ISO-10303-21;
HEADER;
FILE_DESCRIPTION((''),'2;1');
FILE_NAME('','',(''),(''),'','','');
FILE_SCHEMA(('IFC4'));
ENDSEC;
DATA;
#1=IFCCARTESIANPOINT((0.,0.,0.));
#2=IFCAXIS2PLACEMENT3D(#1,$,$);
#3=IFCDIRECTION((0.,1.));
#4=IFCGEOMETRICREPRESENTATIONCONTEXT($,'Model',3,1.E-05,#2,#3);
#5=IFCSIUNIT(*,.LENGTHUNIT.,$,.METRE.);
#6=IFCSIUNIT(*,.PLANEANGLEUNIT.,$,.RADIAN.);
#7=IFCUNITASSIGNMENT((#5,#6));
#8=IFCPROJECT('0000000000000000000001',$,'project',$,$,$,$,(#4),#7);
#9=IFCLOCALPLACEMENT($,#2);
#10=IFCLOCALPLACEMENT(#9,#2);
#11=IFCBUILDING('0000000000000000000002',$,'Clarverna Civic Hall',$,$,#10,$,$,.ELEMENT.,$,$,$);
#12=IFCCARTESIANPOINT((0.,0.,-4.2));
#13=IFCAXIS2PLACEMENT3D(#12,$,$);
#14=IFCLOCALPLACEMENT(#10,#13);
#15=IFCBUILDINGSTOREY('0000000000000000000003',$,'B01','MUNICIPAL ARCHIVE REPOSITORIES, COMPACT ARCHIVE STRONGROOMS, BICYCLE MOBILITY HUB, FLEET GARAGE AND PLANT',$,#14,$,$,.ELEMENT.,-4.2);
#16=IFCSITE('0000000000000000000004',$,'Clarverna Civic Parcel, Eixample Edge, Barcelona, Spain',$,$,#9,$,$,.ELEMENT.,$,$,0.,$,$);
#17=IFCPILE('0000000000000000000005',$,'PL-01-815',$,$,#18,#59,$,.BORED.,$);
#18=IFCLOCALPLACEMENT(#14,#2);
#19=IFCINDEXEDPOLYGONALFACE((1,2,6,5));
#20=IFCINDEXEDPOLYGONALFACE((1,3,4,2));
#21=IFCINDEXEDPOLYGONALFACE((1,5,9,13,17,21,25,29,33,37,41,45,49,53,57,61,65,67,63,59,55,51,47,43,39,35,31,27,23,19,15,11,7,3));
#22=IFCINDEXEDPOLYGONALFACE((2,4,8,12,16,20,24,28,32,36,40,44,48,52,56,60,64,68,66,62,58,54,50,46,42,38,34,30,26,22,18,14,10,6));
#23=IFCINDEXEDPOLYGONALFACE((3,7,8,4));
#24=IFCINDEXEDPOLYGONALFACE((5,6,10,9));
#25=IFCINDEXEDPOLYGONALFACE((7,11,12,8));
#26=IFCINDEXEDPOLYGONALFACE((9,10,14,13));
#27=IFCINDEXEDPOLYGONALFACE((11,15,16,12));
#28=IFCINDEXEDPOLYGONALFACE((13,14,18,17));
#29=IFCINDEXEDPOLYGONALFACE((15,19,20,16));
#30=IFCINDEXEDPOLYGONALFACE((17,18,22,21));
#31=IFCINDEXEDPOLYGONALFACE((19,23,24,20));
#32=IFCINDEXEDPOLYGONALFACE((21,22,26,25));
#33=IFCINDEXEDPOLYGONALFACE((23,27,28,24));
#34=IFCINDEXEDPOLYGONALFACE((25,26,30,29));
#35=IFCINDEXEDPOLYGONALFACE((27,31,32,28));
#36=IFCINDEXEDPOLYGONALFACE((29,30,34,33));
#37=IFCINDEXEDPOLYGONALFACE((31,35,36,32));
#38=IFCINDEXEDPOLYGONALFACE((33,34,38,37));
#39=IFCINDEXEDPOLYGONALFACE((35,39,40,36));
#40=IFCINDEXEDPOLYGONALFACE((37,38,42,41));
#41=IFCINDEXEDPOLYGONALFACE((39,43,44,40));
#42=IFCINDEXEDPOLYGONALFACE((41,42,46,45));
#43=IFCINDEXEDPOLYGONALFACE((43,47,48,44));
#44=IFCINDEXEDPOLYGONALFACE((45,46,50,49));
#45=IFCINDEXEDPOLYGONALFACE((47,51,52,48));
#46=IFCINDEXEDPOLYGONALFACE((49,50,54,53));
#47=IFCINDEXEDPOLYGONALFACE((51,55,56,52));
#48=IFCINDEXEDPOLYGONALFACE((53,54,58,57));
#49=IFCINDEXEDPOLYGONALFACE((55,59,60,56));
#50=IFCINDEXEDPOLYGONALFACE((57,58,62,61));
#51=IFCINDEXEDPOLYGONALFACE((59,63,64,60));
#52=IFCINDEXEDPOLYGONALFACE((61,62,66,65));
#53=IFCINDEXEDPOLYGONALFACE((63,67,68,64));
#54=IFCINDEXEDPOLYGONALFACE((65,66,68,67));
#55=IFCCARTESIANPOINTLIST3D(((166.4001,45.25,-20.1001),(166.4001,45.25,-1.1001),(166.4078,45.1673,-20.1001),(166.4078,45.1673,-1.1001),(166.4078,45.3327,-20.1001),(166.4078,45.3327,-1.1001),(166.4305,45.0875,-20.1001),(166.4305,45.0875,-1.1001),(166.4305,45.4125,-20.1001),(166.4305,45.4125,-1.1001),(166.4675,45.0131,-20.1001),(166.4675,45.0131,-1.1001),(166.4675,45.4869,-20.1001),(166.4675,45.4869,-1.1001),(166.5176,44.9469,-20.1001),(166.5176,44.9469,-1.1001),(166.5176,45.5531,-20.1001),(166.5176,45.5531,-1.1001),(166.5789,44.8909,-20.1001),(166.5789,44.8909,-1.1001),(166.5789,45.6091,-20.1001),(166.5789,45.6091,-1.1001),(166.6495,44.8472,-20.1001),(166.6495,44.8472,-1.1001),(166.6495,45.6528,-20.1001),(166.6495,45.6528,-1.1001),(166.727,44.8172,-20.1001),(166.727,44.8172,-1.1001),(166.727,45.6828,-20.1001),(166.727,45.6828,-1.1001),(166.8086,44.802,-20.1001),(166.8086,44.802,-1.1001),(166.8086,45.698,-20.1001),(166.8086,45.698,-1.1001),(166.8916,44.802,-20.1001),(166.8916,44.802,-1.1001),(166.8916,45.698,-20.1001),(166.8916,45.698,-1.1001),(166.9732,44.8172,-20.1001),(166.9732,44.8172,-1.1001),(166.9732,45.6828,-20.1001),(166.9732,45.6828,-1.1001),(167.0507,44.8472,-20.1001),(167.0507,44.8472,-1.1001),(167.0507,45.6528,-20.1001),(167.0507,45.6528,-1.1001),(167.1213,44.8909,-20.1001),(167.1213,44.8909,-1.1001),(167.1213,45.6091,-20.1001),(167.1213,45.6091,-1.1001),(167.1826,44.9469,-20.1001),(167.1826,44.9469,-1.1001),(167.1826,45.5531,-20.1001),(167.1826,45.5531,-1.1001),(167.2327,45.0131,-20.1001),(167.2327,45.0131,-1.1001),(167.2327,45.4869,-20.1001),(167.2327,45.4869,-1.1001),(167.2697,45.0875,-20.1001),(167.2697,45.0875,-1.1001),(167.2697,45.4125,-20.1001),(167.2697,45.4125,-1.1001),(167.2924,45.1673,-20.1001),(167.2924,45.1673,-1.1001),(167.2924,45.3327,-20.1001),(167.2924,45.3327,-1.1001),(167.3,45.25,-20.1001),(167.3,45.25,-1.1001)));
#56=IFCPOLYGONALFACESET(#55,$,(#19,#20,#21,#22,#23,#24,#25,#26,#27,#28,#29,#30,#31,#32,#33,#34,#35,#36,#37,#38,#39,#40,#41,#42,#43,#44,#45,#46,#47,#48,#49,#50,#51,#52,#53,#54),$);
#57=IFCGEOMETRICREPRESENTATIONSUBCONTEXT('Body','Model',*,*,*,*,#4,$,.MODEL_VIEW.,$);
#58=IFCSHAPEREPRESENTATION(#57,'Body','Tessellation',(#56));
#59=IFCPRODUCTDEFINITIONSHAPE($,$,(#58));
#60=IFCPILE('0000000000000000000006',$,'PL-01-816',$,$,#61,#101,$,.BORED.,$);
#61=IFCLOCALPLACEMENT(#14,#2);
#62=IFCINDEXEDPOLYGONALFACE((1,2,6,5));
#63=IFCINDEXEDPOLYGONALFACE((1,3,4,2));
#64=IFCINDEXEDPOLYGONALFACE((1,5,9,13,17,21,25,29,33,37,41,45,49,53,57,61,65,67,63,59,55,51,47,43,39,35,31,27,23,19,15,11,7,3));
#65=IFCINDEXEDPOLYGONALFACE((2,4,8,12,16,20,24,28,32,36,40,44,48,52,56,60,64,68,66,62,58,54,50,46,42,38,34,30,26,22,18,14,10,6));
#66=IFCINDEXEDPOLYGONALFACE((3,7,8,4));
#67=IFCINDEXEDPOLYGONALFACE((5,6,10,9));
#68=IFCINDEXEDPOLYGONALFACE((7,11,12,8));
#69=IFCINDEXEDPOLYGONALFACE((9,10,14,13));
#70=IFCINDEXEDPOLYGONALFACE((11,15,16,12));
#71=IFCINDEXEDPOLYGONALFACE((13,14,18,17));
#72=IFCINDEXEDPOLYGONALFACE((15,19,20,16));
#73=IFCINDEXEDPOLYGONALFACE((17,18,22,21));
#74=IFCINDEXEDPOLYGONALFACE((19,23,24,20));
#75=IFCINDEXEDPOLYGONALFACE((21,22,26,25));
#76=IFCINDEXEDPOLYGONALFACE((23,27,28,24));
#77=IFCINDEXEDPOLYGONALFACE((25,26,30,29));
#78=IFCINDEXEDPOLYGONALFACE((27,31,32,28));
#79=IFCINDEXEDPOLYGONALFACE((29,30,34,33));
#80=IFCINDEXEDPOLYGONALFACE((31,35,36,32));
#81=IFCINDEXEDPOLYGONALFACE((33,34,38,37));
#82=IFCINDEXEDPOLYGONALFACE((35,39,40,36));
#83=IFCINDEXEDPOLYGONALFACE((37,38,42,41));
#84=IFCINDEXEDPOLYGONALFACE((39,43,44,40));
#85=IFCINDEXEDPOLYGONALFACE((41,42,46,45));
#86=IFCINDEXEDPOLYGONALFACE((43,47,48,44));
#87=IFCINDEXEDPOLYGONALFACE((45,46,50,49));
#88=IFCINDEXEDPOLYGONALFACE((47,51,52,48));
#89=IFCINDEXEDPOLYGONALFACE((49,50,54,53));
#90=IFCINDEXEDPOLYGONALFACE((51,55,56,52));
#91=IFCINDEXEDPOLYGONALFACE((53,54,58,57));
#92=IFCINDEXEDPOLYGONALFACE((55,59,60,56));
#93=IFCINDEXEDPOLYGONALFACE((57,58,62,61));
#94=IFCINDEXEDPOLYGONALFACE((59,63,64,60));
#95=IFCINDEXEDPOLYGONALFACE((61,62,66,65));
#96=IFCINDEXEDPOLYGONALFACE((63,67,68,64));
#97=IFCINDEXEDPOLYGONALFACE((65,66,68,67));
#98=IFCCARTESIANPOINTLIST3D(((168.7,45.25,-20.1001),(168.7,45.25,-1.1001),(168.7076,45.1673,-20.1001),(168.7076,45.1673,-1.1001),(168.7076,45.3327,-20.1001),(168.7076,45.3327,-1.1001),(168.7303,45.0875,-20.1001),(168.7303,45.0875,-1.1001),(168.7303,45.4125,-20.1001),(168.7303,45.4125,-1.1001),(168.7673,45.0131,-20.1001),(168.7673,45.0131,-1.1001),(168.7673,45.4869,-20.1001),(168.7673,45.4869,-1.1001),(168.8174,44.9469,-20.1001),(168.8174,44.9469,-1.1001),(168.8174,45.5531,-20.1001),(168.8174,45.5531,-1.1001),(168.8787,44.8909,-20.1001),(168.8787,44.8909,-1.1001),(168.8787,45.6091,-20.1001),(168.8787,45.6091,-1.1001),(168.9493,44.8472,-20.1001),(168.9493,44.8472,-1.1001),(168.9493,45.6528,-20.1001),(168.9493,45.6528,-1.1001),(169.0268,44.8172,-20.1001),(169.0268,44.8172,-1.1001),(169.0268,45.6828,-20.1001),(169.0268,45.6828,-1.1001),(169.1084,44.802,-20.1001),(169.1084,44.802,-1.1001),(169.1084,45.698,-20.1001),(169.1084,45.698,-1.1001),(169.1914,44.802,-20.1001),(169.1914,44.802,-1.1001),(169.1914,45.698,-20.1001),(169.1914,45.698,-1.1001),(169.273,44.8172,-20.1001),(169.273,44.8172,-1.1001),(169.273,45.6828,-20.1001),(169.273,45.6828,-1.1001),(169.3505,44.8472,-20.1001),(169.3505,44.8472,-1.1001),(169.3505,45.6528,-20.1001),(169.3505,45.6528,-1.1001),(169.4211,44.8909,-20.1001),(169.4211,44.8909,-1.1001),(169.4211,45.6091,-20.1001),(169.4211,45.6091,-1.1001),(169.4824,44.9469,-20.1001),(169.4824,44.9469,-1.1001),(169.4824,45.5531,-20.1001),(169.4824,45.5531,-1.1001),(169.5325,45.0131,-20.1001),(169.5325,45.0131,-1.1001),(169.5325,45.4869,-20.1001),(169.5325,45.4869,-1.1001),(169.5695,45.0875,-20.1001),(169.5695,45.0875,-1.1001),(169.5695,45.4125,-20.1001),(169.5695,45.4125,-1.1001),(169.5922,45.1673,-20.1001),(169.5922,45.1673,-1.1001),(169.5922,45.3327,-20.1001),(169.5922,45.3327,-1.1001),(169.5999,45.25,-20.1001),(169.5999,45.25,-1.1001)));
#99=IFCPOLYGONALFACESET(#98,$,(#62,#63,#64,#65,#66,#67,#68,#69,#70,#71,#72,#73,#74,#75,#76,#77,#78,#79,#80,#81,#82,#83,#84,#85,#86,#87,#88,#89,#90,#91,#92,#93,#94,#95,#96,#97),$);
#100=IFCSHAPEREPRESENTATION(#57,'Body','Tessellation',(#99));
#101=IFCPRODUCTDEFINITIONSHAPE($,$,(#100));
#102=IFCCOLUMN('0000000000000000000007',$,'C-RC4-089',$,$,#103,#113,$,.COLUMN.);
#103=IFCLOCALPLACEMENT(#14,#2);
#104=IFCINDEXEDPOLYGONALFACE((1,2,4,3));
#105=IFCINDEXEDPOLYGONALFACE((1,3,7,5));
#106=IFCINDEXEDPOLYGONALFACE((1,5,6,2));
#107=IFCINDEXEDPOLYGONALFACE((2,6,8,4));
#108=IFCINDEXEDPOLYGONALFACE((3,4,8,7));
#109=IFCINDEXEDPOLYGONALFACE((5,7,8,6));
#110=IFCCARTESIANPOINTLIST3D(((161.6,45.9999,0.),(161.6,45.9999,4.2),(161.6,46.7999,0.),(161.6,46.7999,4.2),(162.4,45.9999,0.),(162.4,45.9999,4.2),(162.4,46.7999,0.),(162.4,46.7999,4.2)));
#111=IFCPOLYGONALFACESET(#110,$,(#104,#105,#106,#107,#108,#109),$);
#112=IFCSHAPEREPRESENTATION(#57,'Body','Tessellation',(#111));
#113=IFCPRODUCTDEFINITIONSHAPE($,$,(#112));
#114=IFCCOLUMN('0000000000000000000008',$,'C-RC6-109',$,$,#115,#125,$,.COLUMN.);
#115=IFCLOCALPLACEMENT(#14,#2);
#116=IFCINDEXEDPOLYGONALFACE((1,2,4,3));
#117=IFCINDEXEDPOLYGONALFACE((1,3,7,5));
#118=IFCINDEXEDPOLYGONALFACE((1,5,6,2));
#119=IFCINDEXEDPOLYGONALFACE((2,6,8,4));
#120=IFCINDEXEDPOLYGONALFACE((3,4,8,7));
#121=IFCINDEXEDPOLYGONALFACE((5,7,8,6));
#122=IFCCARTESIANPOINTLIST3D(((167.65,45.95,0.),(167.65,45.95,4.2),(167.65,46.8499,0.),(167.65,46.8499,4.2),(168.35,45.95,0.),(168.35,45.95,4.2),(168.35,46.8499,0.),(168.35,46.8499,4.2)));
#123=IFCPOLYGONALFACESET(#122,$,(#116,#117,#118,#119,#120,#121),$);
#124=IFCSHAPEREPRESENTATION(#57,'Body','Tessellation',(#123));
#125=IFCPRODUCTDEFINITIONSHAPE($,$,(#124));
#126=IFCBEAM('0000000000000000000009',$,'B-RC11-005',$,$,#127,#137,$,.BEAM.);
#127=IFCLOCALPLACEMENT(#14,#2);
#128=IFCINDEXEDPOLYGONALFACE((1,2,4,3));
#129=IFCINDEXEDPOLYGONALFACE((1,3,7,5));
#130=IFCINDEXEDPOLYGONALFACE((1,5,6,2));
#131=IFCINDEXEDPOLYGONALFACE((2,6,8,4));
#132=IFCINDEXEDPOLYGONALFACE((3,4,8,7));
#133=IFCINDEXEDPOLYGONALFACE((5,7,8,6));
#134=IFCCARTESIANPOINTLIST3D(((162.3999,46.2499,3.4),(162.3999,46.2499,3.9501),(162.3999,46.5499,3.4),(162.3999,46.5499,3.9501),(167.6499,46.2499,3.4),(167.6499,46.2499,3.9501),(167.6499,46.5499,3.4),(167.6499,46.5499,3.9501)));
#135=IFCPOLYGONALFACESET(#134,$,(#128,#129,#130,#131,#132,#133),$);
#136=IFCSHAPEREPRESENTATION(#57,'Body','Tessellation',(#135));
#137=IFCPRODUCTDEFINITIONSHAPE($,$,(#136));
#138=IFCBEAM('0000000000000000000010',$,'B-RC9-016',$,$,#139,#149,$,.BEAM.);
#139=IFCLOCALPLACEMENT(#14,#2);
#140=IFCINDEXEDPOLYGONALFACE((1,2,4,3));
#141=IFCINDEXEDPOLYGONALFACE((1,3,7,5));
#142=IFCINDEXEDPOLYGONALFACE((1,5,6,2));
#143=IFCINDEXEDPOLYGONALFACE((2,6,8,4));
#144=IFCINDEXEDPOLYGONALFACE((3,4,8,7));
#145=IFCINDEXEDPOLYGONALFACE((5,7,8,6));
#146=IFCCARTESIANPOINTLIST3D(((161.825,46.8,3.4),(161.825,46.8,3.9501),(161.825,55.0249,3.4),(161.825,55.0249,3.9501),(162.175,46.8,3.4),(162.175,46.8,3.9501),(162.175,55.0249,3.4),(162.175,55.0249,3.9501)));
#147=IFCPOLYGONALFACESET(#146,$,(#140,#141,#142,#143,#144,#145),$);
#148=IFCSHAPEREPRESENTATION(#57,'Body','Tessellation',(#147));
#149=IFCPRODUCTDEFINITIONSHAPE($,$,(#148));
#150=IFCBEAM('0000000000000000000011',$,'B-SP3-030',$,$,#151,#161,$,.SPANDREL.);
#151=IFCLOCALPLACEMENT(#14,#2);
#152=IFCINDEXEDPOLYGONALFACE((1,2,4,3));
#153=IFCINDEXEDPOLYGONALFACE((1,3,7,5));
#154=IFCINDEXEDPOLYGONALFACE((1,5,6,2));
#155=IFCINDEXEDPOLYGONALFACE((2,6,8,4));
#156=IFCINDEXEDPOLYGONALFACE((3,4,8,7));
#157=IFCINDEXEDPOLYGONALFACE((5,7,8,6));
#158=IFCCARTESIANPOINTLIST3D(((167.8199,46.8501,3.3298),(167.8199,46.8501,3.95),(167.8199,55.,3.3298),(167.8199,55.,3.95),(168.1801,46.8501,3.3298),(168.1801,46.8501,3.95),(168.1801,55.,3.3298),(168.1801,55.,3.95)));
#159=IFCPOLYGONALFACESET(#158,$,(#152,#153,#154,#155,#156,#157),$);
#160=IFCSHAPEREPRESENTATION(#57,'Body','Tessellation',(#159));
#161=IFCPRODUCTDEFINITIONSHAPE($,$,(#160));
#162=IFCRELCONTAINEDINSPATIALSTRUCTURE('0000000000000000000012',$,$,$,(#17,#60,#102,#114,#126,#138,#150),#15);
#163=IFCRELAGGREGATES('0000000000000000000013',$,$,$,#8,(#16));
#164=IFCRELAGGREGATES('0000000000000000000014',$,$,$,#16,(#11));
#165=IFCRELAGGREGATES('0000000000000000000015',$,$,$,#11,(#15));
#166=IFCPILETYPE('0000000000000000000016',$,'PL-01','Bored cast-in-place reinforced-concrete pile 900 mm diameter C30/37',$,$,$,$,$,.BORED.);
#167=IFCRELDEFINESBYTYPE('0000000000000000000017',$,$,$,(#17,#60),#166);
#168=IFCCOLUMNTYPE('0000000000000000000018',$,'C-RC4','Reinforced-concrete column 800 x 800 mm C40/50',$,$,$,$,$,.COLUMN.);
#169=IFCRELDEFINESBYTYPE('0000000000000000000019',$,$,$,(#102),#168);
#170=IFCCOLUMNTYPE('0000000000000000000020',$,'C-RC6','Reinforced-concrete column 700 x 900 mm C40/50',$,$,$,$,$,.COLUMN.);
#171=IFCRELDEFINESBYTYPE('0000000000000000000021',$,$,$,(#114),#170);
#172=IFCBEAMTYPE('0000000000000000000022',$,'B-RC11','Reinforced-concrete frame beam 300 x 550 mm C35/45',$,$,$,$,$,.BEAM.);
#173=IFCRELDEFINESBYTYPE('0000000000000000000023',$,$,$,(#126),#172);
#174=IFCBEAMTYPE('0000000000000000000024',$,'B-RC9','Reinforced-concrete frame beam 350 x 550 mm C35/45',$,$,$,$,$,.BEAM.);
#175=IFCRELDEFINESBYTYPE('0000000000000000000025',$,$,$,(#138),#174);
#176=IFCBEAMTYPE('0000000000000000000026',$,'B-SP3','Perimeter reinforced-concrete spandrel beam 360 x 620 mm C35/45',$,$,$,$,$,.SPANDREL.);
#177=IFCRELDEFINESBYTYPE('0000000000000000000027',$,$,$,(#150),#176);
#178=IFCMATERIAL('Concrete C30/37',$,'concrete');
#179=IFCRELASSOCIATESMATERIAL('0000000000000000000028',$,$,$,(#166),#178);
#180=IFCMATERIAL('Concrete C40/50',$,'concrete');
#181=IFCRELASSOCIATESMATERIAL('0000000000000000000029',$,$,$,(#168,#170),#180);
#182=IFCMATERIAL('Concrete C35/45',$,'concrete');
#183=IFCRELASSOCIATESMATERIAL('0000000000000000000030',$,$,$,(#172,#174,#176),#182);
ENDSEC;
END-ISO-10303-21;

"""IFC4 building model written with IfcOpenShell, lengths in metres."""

from ifc_helpers import new_model, si_unit, direction, frame, origin, origin_2d, place, context, subcontext, project, spatial, rectangle, circle, extrude, material, material_profile, profile_set, type_object, element, save


model = new_model("IFC4")

# Units and contexts
model_context = context("Model", 3, precision=1e-05, world=origin(), true_north=direction((0.0, 1.0)))
body_context = subcontext(model_context, "Body", "Model", "MODEL_VIEW")
ifc_project = project(units=[si_unit("LENGTHUNIT", "METRE"), si_unit("PLANEANGLEUNIT", "RADIAN")], contexts=[model_context])

# Site, building, storey
site_placement = place(None, origin())
site = spatial("IfcSite", under=ifc_project, at=site_placement, Name="Clarverna Civic Parcel, Eixample Edge, Barcelona, Spain", CompositionType="ELEMENT", RefElevation=0.0)
building_placement = place(site_placement, origin())
building = spatial("IfcBuilding", under=site, at=building_placement, Name="Clarverna Civic Hall", CompositionType="ELEMENT")
storey_placement = place(building_placement, frame((0.0, 0.0, -4.2)))
storey = spatial("IfcBuildingStorey", under=building, at=storey_placement, Name="B01", Description="MUNICIPAL ARCHIVE REPOSITORIES, COMPACT ARCHIVE STRONGROOMS, BICYCLE MOBILITY HUB, FLEET GARAGE AND PLANT", CompositionType="ELEMENT", Elevation=-4.2)

# Shared definitions
ifc_material_1 = material(Name="Concrete C30/37", Category="concrete")

# Piles
ifc_material_profile_1 = material_profile(ifc_material_1, circle(Radius=0.45, at=origin_2d()), Name="BORED PILE D900")
ifc_profile_set_1 = profile_set([ifc_material_profile_1], Name="Concrete C30/37")
pile_type = type_object("IfcPileType", Name="PL-01", Description="Bored cast-in-place reinforced-concrete pile 900 mm diameter C30/37", PredefinedType="BORED", material=ifc_profile_set_1)
for number, where, z_axis, x_axis, name in (
    (1, (166.8501, 45.25, -1.1001), (0.0, 0.0, -1.0), (1.0, 0.0, 0.0), "PL-01-815"),
    (2, (169.1499, 45.25, -1.1001), (0.0, 0.0, -1.0), (1.0, 0.0, 0.0), "PL-01-816"),
):
    element("IfcPile", number, at=place(storey_placement, frame(where, z_axis=z_axis, x_axis=x_axis)), inside=storey, type_object=pile_type, Name=name, PredefinedType="BORED", context=body_context, shape_type="SweptSolid", body=[
        extrude(circle(Radius=0.45, at=origin_2d()), origin(), (0.0, 0.0, 1.0), 19.0),
    ])

# Columns
ifc_material_2 = material(Name="Concrete C40/50", Category="concrete")
ifc_material_profile_2 = material_profile(ifc_material_2, rectangle(XDim=0.8, YDim=0.8, at=origin_2d()), Name="RC 800x800")
ifc_profile_set_2 = profile_set([ifc_material_profile_2], Name="Concrete C40/50")
column_type_1 = type_object("IfcColumnType", Name="C-RC4", Description="Reinforced-concrete column 800 x 800 mm C40/50", PredefinedType="COLUMN", material=ifc_profile_set_2)
column_1_placement = place(storey_placement, frame((162.0, 46.3999, 0.0), z_axis=(0.0, 0.0, 1.0), x_axis=(1.0, 0.0, 0.0)))
element("IfcColumn", 3, at=column_1_placement, inside=storey, type_object=column_type_1, Name="C-RC4-089", PredefinedType="COLUMN", context=body_context, shape_type="SweptSolid", body=[
    extrude(rectangle(XDim=0.8, YDim=0.8, at=origin_2d()), origin(), (0.0, 0.0, 1.0), 4.2),
])
ifc_material_profile_3 = material_profile(ifc_material_2, rectangle(XDim=0.7, YDim=0.8999, at=origin_2d()), Name="RC 700x900")
ifc_profile_set_3 = profile_set([ifc_material_profile_3], Name="Concrete C40/50")
column_type_2 = type_object("IfcColumnType", Name="C-RC6", Description="Reinforced-concrete column 700 x 900 mm C40/50", PredefinedType="COLUMN", material=ifc_profile_set_3)
column_2_placement = place(storey_placement, frame((168.0, 46.3999, 0.0), z_axis=(0.0, 0.0, 1.0), x_axis=(1.0, 0.0, 0.0)))
element("IfcColumn", 4, at=column_2_placement, inside=storey, type_object=column_type_2, Name="C-RC6-109", PredefinedType="COLUMN", context=body_context, shape_type="SweptSolid", body=[
    extrude(rectangle(XDim=0.7, YDim=0.8999, at=origin_2d()), origin(), (0.0, 0.0, 1.0), 4.2),
])

# Beams
ifc_material_3 = material(Name="Concrete C35/45", Category="concrete")
ifc_material_profile_4 = material_profile(ifc_material_3, rectangle(XDim=0.3, YDim=0.55, at=origin_2d()), Name="RC 300x550")
ifc_profile_set_4 = profile_set([ifc_material_profile_4], Name="Concrete C35/45")
beam_type_1 = type_object("IfcBeamType", Name="B-RC11", Description="Reinforced-concrete frame beam 300 x 550 mm C35/45", PredefinedType="BEAM", material=ifc_profile_set_4)
beam_1_placement = place(storey_placement, frame((162.3999, 46.3999, 3.675), z_axis=(1.0, 0.0, 0.0), x_axis=(0.0, 1.0, 0.0)))
element("IfcBeam", 5, at=beam_1_placement, inside=storey, type_object=beam_type_1, Name="B-RC11-005", PredefinedType="BEAM", context=body_context, shape_type="SweptSolid", body=[
    extrude(rectangle(XDim=0.3, YDim=0.55, at=origin_2d()), origin(), (0.0, 0.0, 1.0), 5.25),
])
ifc_material_profile_5 = material_profile(ifc_material_3, rectangle(XDim=0.3501, YDim=0.55, at=origin_2d()), Name="RC 350x550")
ifc_profile_set_5 = profile_set([ifc_material_profile_5], Name="Concrete C35/45")
beam_type_2 = type_object("IfcBeamType", Name="B-RC9", Description="Reinforced-concrete frame beam 350 x 550 mm C35/45", PredefinedType="BEAM", material=ifc_profile_set_5)
beam_2_placement = place(storey_placement, frame((162.0, 46.8, 3.675), z_axis=(0.0, 1.0, 0.0), x_axis=(-1.0, 0.0, 0.0)))
element("IfcBeam", 6, at=beam_2_placement, inside=storey, type_object=beam_type_2, Name="B-RC9-016", PredefinedType="BEAM", context=body_context, shape_type="SweptSolid", body=[
    extrude(rectangle(XDim=0.3501, YDim=0.55, at=origin_2d()), origin(), (0.0, 0.0, 1.0), 8.2249),
])
ifc_material_profile_6 = material_profile(ifc_material_3, rectangle(XDim=0.3601, YDim=0.6201, at=origin_2d()), Name="RC 360x620")
ifc_profile_set_6 = profile_set([ifc_material_profile_6], Name="Concrete C35/45")
beam_type_3 = type_object("IfcBeamType", Name="B-SP3", Description="Perimeter reinforced-concrete spandrel beam 360 x 620 mm C35/45", PredefinedType="SPANDREL", material=ifc_profile_set_6)
beam_3_placement = place(storey_placement, frame((168.0, 46.8501, 3.6399), z_axis=(0.0, 1.0, 0.0), x_axis=(-1.0, 0.0, 0.0)))
element("IfcBeam", 7, at=beam_3_placement, inside=storey, type_object=beam_type_3, Name="B-SP3-030", PredefinedType="SPANDREL", context=body_context, shape_type="SweptSolid", body=[
    extrude(rectangle(XDim=0.3601, YDim=0.6201, at=origin_2d()), origin(), (0.0, 0.0, 1.0), 8.1499),
])

save(model, "model.ifc")
